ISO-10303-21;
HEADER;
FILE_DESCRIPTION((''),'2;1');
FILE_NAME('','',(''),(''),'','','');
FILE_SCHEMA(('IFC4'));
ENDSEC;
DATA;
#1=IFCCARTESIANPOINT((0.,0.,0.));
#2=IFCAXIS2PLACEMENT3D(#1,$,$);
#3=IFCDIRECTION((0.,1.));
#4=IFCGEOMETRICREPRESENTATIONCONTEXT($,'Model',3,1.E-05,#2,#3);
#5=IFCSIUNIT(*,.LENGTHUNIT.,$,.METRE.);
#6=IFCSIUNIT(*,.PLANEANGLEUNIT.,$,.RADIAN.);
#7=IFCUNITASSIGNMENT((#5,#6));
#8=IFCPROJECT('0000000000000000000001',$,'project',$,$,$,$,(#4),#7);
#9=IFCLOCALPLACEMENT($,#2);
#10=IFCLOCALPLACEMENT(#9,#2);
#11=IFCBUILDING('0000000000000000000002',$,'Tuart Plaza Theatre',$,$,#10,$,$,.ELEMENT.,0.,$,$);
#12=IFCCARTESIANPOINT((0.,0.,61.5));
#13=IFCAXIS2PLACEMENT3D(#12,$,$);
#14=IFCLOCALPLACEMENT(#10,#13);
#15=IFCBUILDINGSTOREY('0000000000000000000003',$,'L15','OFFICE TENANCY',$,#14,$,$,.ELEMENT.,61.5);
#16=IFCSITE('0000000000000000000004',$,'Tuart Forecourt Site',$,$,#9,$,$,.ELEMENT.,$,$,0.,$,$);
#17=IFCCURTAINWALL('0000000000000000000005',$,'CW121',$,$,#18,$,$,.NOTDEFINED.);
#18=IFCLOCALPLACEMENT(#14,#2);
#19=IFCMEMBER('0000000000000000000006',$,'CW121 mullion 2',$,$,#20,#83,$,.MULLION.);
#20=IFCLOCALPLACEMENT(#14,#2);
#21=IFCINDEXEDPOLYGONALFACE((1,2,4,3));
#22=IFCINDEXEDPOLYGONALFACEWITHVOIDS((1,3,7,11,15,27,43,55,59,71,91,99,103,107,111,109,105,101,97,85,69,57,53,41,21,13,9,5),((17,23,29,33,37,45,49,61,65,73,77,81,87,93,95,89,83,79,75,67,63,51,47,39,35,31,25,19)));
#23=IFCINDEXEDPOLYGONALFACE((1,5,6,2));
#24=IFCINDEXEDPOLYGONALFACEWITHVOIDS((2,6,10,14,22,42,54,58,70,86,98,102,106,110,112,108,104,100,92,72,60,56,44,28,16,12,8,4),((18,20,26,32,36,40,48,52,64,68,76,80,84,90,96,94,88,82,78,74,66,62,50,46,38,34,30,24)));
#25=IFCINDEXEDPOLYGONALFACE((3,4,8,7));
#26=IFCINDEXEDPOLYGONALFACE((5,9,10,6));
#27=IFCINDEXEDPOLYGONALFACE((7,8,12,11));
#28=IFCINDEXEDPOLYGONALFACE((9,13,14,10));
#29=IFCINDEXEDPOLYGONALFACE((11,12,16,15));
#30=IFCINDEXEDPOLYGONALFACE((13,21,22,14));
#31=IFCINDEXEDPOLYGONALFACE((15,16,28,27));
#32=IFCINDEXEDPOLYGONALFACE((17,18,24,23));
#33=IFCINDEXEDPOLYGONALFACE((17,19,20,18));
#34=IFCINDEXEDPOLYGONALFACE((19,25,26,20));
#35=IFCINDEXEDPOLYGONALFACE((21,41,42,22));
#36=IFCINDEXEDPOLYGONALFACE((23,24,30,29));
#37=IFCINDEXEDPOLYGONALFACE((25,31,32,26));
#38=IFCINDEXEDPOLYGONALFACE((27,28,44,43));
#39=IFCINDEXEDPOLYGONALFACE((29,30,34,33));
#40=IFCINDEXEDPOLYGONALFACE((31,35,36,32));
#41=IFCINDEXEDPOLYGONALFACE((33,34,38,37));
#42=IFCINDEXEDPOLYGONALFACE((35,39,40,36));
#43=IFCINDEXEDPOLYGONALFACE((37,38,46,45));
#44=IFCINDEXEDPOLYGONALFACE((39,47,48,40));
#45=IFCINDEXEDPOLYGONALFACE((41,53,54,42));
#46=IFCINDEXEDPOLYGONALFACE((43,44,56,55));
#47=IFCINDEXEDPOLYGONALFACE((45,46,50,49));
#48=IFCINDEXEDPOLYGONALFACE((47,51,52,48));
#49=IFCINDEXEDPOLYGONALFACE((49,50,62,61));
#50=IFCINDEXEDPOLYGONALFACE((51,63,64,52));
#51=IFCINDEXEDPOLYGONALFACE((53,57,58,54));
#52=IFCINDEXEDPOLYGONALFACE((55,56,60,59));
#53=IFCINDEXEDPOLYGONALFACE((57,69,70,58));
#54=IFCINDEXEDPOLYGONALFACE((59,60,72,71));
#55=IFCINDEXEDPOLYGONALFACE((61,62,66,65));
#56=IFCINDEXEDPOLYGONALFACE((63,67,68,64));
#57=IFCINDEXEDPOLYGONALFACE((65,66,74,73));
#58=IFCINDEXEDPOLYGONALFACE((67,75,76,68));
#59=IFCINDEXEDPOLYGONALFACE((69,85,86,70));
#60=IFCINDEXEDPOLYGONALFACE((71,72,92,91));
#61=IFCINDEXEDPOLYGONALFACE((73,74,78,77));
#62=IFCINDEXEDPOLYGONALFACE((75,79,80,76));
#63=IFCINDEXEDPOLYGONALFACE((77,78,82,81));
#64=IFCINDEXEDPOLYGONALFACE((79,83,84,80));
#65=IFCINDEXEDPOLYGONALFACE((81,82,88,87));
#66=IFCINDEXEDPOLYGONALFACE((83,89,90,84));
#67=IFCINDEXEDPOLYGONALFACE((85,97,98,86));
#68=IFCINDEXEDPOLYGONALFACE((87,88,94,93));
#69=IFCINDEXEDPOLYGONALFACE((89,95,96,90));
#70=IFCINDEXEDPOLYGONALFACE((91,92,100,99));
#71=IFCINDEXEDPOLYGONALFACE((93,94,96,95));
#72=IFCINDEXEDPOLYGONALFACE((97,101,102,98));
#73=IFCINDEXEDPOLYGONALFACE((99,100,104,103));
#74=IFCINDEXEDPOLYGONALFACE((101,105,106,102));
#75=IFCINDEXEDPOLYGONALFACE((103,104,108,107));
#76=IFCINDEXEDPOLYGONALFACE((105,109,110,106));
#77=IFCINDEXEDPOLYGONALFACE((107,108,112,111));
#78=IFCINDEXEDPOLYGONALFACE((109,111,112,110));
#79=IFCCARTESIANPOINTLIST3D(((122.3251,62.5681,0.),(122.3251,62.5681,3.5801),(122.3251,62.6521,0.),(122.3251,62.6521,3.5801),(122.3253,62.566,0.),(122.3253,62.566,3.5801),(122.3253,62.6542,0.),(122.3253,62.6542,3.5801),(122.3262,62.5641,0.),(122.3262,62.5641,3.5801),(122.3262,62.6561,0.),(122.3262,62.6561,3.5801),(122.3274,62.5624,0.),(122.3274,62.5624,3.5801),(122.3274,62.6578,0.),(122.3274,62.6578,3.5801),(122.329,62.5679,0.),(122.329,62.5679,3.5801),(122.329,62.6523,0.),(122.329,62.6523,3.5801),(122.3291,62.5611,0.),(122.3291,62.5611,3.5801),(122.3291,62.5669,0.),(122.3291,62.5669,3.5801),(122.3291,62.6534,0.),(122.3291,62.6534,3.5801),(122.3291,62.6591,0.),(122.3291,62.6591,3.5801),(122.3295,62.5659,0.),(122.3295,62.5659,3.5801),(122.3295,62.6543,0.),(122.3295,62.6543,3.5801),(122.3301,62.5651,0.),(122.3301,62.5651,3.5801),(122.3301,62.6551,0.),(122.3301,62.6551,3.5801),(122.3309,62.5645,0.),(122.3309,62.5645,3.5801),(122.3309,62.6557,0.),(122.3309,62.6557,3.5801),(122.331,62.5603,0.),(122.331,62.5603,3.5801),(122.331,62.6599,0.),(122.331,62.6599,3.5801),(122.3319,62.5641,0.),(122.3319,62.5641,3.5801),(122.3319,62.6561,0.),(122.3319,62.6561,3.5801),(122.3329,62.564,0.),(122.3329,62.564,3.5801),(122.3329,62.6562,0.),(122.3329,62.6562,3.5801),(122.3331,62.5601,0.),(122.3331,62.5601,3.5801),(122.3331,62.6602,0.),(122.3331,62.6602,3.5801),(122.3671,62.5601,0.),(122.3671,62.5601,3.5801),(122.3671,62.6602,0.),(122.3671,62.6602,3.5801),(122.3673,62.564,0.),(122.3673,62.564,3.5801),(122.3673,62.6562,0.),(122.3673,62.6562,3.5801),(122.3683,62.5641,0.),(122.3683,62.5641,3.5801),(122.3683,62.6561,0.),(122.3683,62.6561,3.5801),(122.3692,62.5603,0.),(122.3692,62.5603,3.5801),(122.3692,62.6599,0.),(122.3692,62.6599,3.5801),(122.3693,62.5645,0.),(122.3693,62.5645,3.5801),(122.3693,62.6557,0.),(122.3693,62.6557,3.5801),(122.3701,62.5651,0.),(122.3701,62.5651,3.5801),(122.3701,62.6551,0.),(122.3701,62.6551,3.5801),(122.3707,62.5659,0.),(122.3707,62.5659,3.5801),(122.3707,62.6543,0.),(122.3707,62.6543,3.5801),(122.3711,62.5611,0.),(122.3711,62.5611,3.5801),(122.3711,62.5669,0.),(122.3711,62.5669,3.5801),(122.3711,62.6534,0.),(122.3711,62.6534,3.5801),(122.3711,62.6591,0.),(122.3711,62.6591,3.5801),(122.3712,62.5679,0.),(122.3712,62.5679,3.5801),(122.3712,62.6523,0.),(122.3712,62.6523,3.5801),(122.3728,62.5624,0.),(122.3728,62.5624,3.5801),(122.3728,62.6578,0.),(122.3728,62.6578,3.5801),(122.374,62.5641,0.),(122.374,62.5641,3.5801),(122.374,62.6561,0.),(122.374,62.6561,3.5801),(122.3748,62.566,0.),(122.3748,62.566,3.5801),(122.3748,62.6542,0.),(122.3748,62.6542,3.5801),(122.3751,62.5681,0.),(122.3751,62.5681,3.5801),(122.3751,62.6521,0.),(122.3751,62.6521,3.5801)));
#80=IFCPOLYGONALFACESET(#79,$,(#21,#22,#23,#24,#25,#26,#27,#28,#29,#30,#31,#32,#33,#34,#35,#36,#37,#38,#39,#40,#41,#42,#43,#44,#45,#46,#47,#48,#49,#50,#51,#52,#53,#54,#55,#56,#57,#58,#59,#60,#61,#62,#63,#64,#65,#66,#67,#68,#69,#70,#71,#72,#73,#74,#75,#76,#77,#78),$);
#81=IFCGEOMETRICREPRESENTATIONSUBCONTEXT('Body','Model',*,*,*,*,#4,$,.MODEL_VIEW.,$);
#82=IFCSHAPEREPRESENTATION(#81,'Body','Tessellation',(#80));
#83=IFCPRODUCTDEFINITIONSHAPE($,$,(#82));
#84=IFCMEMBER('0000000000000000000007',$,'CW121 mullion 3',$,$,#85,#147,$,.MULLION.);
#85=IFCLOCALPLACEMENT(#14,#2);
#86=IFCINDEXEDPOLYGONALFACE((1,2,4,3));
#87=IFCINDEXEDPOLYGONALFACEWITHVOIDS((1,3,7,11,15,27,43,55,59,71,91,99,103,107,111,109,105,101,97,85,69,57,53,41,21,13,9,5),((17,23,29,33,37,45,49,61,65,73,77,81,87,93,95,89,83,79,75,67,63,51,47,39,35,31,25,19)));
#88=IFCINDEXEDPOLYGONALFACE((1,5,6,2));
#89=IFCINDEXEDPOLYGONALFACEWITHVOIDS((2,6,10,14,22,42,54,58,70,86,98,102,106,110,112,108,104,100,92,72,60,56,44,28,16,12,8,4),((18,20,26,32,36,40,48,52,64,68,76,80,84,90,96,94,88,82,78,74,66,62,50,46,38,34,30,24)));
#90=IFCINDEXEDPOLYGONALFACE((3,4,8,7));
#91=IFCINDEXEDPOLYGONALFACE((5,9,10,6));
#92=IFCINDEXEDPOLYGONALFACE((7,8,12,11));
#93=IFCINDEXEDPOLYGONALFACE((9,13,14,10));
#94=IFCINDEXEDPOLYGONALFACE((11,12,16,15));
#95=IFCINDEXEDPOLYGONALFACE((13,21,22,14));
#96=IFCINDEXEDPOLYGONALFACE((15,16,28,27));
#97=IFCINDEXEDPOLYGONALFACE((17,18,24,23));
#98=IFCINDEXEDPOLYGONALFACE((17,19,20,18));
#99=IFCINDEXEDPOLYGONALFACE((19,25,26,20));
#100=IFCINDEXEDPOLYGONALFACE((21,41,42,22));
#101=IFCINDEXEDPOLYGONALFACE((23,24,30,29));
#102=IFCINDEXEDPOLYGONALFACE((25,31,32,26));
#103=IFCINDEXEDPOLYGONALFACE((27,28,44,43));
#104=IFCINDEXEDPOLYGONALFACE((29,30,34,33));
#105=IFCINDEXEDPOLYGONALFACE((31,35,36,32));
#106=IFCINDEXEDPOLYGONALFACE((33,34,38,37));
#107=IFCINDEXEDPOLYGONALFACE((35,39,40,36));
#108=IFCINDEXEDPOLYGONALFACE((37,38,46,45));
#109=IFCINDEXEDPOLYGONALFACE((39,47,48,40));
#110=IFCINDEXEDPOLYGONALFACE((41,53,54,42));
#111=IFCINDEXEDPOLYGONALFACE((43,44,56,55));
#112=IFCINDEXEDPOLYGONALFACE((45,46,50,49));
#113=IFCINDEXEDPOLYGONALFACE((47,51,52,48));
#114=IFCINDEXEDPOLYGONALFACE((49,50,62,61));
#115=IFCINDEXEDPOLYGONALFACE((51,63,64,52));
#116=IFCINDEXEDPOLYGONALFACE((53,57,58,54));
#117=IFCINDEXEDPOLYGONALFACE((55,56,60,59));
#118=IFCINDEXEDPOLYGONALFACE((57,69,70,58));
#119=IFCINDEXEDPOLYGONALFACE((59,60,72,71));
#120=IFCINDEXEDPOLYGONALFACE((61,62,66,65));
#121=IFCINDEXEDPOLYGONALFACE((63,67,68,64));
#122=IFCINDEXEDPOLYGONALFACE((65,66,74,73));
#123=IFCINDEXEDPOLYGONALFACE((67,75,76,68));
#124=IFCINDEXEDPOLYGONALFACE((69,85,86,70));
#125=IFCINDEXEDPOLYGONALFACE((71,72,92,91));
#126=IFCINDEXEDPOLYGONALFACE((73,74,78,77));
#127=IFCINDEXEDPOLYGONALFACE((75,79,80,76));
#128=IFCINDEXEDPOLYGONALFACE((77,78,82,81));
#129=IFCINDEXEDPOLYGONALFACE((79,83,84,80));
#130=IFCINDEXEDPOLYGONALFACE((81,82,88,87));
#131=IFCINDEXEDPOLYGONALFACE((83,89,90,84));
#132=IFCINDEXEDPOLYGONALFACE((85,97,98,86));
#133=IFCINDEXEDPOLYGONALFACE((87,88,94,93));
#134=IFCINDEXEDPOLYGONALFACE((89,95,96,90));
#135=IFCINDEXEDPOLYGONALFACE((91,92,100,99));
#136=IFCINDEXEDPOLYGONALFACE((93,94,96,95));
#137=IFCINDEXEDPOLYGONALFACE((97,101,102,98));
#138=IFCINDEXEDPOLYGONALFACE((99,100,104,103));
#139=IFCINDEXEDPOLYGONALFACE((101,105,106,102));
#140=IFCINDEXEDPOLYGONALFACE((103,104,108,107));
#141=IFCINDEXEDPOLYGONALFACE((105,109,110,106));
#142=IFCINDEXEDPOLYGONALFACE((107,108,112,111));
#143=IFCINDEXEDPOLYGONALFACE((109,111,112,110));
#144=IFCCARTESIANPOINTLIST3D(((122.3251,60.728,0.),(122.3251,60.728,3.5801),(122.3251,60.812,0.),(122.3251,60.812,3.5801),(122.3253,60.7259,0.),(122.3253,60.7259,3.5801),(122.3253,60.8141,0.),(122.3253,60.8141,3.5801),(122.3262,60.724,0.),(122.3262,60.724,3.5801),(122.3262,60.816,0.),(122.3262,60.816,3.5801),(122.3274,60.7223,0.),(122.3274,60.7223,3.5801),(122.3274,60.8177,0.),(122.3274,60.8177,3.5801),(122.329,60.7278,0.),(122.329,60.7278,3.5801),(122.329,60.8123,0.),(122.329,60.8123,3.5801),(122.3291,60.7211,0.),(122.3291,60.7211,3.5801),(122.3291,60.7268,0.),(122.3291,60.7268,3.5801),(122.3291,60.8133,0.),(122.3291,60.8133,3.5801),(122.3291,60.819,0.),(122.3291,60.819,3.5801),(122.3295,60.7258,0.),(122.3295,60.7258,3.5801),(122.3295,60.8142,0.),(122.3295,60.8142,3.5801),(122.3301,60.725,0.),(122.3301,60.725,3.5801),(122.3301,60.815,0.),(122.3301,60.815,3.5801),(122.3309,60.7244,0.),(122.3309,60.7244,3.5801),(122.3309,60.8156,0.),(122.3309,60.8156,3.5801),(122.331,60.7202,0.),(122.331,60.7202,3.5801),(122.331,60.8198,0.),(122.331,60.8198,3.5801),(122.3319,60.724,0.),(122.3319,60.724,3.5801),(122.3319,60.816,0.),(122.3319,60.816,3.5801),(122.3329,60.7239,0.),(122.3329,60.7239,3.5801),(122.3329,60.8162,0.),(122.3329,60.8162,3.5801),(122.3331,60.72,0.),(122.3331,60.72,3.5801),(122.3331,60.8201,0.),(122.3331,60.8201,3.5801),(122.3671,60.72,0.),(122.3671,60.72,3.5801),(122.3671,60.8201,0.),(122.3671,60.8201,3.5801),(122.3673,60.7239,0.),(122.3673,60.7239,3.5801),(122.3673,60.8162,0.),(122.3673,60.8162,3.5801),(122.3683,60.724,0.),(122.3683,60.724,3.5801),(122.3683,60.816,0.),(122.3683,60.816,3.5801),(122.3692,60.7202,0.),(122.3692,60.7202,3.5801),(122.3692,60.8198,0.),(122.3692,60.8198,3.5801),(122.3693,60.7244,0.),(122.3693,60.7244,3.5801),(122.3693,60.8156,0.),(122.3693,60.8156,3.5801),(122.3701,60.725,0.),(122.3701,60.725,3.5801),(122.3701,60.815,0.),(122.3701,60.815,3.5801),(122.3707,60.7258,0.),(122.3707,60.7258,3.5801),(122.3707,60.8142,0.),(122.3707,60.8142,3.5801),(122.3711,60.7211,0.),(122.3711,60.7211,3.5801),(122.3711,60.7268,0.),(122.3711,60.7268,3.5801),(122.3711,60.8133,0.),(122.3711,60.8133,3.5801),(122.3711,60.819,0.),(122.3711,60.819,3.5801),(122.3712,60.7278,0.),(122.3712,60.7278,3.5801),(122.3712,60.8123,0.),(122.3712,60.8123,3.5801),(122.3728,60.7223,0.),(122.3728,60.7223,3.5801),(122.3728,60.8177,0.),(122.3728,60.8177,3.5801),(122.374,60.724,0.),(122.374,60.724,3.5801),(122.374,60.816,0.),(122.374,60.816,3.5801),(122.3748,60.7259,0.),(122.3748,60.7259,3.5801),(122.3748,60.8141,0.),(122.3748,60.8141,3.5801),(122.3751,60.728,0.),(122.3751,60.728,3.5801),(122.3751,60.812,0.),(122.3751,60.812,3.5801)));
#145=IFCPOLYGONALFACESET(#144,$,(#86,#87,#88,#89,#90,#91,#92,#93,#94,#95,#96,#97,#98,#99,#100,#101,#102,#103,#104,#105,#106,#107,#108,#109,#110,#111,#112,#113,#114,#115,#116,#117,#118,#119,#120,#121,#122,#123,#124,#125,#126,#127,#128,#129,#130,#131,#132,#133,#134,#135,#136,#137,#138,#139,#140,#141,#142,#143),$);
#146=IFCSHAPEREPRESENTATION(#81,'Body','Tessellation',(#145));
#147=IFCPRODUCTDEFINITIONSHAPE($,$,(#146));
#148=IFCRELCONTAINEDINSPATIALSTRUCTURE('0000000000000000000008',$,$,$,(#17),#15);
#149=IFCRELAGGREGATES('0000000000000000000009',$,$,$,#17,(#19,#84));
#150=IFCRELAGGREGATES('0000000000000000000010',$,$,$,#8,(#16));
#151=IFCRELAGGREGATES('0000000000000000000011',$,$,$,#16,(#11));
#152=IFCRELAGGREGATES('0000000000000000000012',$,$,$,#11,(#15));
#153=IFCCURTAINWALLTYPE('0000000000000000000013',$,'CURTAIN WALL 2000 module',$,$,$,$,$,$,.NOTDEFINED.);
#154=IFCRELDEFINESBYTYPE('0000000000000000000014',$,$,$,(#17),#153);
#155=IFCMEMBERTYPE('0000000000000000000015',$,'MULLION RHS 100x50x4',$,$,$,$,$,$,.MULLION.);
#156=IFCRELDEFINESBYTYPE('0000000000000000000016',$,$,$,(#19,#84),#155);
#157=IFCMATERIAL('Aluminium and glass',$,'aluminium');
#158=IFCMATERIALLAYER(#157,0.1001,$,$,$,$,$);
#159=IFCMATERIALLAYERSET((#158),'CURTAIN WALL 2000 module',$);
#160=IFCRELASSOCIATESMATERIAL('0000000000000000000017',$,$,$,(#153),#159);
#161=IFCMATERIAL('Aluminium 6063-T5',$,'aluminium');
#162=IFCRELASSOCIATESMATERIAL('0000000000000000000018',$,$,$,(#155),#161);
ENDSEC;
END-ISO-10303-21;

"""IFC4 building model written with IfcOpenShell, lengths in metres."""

from ifc_helpers import new_model, si_unit, direction, frame, origin, origin_2d, place, context, subcontext, project, spatial, hollow_rectangle, extrude, material, layer, layer_set, material_profile, profile_set, type_object, element, aggregate, save


model = new_model("IFC4")

# Units and contexts
model_context = context("Model", 3, precision=1e-05, world=origin(), true_north=direction((0.0, 1.0)))
body_context = subcontext(model_context, "Body", "Model", "MODEL_VIEW")
ifc_project = project(units=[si_unit("LENGTHUNIT", "METRE"), si_unit("PLANEANGLEUNIT", "RADIAN")], contexts=[model_context])

# Site, building, storey
site_placement = place(None, origin())
site = spatial("IfcSite", under=ifc_project, at=site_placement, Name="Tuart Forecourt Site", CompositionType="ELEMENT", RefElevation=0.0)
building_placement = place(site_placement, origin())
building = spatial("IfcBuilding", under=site, at=building_placement, Name="Tuart Plaza Theatre", CompositionType="ELEMENT", ElevationOfRefHeight=0.0)
storey_placement = place(building_placement, frame((0.0, 0.0, 61.5)))
storey = spatial("IfcBuildingStorey", under=building, at=storey_placement, Name="L15", Description="OFFICE TENANCY", CompositionType="ELEMENT", Elevation=61.5)

# Curtain wall, members
ifc_material_1 = material(Name="Aluminium and glass", Category="aluminium")
ifc_layer_1 = layer(ifc_material_1, 0.1001)
ifc_layer_set_1 = layer_set([ifc_layer_1], Name="CURTAIN WALL 2000 module")
curtain_wall_type = type_object("IfcCurtainWallType", Name="CURTAIN WALL 2000 module", PredefinedType="NOTDEFINED", material=ifc_layer_set_1)
curtain_wall_placement = place(storey_placement, origin())
curtain_wall = element("IfcCurtainWall", 1, at=curtain_wall_placement, inside=storey, type_object=curtain_wall_type, Name="CW121", PredefinedType="NOTDEFINED")
ifc_material_2 = material(Name="Aluminium 6063-T5", Category="aluminium")
ifc_material_profile_1 = material_profile(ifc_material_2, hollow_rectangle(XDim=0.05, YDim=0.1001, WallThickness=0.0039, InnerFilletRadius=0.0039, OuterFilletRadius=0.0081, at=origin_2d()), Name="RHS 100x50x4")
ifc_profile_set_1 = profile_set([ifc_material_profile_1], Name="Aluminium 6063-T5")
member_type_1 = type_object("IfcMemberType", Name="MULLION RHS 100x50x4", PredefinedType="MULLION", material=ifc_profile_set_1)
member_1_placement = place(storey_placement, frame((122.3501, 62.6101, 0.0), z_axis=(0.0, 0.0, 1.0), x_axis=(1.0, 0.0, 0.0)))
member_1 = element("IfcMember", 2, at=member_1_placement, type_object=member_type_1, Name="CW121 mullion 2", PredefinedType="MULLION", context=body_context, shape_type="SweptSolid", body=[
    extrude(hollow_rectangle(XDim=0.05, YDim=0.1001, WallThickness=0.0039, InnerFilletRadius=0.0039, OuterFilletRadius=0.0081, at=origin_2d()), origin(), (0.0, 0.0, 1.0), 3.5801),
])
member_2_placement = place(storey_placement, frame((122.3501, 60.77, 0.0), z_axis=(0.0, 0.0, 1.0), x_axis=(1.0, 0.0, 0.0)))
member_2 = element("IfcMember", 3, at=member_2_placement, type_object=member_type_1, Name="CW121 mullion 3", PredefinedType="MULLION", context=body_context, shape_type="SweptSolid", body=[
    extrude(hollow_rectangle(XDim=0.05, YDim=0.1001, WallThickness=0.0039, InnerFilletRadius=0.0039, OuterFilletRadius=0.0081, at=origin_2d()), origin(), (0.0, 0.0, 1.0), 3.5801),
])
aggregate(curtain_wall, [member_1, member_2])

save(model, "model.ifc")
